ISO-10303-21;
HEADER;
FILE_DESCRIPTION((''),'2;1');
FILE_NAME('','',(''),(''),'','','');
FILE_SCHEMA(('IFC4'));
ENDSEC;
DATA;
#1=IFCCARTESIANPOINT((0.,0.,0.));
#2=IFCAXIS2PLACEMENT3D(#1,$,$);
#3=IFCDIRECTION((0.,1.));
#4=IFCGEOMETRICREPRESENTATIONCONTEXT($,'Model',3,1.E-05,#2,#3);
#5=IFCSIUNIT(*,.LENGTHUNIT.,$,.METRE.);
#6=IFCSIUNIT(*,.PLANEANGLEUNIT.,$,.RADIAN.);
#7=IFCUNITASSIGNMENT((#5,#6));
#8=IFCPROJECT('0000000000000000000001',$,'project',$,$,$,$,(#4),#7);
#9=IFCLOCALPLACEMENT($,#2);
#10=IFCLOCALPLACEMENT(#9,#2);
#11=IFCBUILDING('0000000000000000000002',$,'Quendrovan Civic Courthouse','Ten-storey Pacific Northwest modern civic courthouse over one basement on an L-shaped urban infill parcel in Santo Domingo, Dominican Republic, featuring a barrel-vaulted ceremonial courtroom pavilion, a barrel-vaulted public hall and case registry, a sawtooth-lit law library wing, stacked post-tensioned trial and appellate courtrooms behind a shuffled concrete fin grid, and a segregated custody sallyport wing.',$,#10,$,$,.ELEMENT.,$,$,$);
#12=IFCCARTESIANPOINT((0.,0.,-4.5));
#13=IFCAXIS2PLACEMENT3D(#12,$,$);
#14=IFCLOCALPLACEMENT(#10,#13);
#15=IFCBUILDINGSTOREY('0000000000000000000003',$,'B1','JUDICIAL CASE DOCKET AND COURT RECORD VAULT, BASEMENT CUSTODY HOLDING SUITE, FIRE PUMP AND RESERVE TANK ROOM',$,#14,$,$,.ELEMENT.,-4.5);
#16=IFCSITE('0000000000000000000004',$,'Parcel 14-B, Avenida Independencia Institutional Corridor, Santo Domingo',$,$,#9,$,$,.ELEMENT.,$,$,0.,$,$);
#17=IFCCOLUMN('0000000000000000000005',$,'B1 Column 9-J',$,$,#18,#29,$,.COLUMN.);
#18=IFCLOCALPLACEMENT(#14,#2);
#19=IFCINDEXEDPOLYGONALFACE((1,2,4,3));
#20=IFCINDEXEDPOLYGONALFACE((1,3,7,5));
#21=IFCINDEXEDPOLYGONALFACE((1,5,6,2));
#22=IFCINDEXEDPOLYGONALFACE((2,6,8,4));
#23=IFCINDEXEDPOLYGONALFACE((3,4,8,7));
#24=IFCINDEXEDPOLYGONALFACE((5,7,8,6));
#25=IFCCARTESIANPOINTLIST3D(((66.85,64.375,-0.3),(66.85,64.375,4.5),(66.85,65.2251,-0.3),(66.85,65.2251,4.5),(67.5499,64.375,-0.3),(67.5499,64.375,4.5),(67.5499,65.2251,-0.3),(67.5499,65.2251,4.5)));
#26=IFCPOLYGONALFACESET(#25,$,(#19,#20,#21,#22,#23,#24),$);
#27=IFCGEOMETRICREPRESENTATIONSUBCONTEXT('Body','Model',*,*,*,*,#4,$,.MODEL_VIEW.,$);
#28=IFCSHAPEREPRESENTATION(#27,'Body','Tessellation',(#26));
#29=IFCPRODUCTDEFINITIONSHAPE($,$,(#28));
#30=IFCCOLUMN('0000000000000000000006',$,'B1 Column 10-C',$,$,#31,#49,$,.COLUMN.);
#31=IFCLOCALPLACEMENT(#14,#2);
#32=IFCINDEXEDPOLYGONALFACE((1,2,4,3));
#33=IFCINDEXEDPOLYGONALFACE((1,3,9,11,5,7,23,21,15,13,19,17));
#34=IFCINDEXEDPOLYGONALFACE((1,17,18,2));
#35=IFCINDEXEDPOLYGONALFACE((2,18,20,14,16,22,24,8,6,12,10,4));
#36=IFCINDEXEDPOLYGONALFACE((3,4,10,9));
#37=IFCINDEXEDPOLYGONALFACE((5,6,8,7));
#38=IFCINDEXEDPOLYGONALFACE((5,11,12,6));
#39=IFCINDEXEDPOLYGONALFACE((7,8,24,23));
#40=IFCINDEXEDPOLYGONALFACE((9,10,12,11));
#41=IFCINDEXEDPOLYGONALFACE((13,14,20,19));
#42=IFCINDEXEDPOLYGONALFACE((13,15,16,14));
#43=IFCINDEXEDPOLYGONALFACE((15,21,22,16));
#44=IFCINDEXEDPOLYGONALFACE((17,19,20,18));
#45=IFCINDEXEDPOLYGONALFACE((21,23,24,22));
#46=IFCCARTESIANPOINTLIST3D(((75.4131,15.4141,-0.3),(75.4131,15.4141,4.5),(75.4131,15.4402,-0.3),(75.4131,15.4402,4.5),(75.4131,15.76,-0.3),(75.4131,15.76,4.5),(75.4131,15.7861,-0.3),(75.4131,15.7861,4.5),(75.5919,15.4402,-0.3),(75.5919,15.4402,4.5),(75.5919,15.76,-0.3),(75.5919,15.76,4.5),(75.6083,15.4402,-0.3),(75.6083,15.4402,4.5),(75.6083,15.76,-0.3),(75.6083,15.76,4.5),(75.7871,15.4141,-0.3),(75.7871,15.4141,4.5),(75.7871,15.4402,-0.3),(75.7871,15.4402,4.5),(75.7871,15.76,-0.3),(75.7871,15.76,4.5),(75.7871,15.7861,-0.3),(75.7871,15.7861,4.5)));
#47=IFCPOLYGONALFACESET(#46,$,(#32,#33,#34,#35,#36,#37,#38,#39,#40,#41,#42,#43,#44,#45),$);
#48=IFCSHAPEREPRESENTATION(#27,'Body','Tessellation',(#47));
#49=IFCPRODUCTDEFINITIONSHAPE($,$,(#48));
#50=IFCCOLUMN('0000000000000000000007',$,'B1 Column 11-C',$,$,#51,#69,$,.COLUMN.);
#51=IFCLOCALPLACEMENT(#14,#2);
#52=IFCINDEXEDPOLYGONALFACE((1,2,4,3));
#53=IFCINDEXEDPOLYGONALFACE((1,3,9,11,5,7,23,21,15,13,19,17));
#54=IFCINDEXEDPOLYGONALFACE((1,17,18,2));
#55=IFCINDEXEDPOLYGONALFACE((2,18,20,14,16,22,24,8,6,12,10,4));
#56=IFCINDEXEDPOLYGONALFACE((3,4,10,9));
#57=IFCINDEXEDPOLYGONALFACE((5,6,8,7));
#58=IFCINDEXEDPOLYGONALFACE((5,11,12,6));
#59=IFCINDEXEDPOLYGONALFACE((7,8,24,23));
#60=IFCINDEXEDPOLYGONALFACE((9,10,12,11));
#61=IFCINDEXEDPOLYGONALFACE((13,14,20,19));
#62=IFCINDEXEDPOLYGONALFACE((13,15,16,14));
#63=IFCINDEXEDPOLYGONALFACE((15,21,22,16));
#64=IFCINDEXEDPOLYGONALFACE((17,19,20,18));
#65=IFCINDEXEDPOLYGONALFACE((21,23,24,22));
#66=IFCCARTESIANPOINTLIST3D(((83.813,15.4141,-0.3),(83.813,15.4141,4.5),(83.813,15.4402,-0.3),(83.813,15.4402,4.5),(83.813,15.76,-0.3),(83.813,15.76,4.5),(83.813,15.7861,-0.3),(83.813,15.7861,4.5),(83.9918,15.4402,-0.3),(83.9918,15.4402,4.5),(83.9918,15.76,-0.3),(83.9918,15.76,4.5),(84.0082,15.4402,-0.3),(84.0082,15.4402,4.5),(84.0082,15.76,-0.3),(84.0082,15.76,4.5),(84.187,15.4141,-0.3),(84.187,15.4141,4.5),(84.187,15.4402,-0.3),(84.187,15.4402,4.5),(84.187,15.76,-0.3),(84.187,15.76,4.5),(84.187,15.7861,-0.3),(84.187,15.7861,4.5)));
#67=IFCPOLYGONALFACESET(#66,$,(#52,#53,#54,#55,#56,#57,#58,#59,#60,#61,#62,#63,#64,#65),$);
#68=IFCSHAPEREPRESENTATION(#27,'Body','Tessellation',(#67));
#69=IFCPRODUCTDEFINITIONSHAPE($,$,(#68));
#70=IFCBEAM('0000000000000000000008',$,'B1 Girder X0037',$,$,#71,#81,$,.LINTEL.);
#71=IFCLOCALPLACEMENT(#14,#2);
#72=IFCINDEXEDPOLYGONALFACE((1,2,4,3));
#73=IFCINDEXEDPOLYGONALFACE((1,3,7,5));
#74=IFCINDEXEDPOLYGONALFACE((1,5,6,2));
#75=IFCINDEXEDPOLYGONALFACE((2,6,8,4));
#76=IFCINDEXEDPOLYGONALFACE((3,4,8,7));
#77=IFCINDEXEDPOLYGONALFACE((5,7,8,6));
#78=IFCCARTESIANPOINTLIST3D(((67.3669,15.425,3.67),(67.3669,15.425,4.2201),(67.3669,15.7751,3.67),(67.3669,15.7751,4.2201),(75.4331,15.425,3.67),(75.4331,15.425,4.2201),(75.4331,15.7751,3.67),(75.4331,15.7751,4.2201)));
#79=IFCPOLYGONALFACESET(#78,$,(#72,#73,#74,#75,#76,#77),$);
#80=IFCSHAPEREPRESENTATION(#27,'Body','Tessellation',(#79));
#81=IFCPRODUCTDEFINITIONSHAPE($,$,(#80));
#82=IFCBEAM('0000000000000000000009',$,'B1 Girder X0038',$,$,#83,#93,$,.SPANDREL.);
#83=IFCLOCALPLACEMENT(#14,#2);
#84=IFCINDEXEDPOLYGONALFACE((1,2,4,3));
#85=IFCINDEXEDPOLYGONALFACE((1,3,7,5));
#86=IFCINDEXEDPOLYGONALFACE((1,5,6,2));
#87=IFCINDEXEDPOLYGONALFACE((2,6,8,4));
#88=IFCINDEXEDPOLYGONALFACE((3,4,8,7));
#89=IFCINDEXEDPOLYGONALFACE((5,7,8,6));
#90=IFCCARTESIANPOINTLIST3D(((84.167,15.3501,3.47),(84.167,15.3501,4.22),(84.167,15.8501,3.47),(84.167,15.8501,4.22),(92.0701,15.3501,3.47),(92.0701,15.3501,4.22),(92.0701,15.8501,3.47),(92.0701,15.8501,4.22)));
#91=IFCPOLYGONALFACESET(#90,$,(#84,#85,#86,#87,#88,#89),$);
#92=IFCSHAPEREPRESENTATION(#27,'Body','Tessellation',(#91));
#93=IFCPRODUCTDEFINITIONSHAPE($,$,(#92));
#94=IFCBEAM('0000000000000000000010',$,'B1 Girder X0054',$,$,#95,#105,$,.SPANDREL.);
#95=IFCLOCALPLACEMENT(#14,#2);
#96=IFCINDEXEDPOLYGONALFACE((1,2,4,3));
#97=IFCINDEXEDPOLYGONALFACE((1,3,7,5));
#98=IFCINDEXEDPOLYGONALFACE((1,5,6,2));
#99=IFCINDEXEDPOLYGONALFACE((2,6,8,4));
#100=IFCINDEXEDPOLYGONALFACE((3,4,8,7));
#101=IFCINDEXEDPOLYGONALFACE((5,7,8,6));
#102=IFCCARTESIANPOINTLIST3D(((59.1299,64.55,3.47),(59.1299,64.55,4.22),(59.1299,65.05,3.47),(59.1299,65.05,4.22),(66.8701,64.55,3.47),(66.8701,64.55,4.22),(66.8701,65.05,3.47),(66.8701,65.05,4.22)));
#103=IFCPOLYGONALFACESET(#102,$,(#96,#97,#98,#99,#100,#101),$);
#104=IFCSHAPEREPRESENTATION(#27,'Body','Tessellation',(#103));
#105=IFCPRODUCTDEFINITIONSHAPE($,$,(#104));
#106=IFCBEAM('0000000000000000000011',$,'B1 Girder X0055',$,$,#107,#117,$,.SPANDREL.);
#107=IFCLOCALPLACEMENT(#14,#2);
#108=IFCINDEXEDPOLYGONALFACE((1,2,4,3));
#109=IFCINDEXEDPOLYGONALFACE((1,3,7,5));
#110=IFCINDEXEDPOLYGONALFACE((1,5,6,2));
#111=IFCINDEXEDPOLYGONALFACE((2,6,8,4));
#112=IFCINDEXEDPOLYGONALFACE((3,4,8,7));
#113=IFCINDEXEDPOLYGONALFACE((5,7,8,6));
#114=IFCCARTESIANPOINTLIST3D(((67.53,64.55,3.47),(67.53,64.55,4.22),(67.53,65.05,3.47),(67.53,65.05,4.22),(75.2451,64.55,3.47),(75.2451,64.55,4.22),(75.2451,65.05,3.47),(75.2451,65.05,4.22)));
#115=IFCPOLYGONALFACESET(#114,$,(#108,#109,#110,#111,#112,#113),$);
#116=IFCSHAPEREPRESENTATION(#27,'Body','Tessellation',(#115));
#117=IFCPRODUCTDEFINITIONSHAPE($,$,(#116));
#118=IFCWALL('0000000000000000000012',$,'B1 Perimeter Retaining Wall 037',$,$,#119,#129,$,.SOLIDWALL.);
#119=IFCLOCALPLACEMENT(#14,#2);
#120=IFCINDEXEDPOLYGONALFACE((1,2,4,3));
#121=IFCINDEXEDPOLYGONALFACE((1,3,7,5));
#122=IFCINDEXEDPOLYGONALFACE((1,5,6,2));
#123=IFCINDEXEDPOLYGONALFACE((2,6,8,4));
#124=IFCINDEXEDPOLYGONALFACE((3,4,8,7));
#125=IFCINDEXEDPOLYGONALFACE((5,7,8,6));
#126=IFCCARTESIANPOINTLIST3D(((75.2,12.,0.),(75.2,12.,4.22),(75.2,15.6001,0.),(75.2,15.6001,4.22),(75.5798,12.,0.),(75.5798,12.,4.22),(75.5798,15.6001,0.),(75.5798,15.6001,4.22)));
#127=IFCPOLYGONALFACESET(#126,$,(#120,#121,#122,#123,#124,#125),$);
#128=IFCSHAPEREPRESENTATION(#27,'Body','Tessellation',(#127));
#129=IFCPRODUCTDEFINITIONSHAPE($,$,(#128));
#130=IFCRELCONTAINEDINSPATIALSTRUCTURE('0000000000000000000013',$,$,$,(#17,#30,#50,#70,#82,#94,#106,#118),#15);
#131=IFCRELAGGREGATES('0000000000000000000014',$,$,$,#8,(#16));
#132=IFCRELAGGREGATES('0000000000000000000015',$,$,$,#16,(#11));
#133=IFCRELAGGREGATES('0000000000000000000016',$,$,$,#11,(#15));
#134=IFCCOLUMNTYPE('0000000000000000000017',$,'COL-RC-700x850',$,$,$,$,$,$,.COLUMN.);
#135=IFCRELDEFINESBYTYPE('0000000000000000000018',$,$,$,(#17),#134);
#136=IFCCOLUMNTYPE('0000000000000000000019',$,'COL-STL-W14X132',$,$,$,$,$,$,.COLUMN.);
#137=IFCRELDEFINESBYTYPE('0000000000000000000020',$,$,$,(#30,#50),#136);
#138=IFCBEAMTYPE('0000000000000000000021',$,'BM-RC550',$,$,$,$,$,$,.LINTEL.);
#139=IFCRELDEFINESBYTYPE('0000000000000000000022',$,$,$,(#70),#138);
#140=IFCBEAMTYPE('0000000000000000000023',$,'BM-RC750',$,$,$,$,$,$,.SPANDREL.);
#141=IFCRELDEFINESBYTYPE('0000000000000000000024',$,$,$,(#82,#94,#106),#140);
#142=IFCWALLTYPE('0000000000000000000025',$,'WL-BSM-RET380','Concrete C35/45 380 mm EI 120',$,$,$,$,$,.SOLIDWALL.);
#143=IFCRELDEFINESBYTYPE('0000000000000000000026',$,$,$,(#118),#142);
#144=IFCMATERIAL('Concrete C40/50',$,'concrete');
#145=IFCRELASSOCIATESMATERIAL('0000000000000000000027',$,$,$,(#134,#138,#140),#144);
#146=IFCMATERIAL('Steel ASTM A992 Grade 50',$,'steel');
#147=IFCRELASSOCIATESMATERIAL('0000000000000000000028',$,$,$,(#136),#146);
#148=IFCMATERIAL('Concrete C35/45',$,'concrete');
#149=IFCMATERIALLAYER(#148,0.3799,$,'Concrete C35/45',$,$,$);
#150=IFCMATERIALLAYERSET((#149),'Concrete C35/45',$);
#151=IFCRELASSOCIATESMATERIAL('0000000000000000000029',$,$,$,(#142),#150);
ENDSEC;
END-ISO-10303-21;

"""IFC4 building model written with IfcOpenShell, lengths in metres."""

from ifc_helpers import new_model, si_unit, direction, frame, frame_2d, origin, origin_2d, place, context, subcontext, project, spatial, rectangle, i_section, extrude, material, layer, layer_set, material_profile, profile_set, type_object, element, save


model = new_model("IFC4")

# Units and contexts
model_context = context("Model", 3, precision=1e-05, world=origin(), true_north=direction((0.0, 1.0)))
body_context = subcontext(model_context, "Body", "Model", "MODEL_VIEW")
ifc_project = project(units=[si_unit("LENGTHUNIT", "METRE"), si_unit("PLANEANGLEUNIT", "RADIAN")], contexts=[model_context])

# Site, building, storey
site_placement = place(None, origin())
site = spatial("IfcSite", under=ifc_project, at=site_placement, Name="Parcel 14-B, Avenida Independencia Institutional Corridor, Santo Domingo", CompositionType="ELEMENT", RefElevation=0.0)
building_placement = place(site_placement, origin())
building = spatial("IfcBuilding", under=site, at=building_placement, Name="Quendrovan Civic Courthouse", Description="Ten-storey Pacific Northwest modern civic courthouse over one basement on an L-shaped urban infill parcel in Santo Domingo, Dominican Republic, featuring a barrel-vaulted ceremonial courtroom pavilion, a barrel-vaulted public hall and case registry, a sawtooth-lit law library wing, stacked post-tensioned trial and appellate courtrooms behind a shuffled concrete fin grid, and a segregated custody sallyport wing.", CompositionType="ELEMENT")
storey_placement = place(building_placement, frame((0.0, 0.0, -4.5)))
storey = spatial("IfcBuildingStorey", under=building, at=storey_placement, Name="B1", Description="JUDICIAL CASE DOCKET AND COURT RECORD VAULT, BASEMENT CUSTODY HOLDING SUITE, FIRE PUMP AND RESERVE TANK ROOM", CompositionType="ELEMENT", Elevation=-4.5)

# Shared definitions
ifc_material_1 = material(Name="Concrete C35/45", Category="concrete")

# Columns
ifc_material_2 = material(Name="Concrete C40/50", Category="concrete")
ifc_material_profile_1 = material_profile(ifc_material_2, rectangle(XDim=0.7, YDim=0.8501, at=origin_2d()), Name="RC-COL-700x850")
ifc_profile_set_1 = profile_set([ifc_material_profile_1], Name="Concrete C40/50")
column_type_1 = type_object("IfcColumnType", Name="COL-RC-700x850", PredefinedType="COLUMN", material=ifc_profile_set_1)
for number, where, z_axis, x_axis, name in (
    (1, (67.2, 64.8, -0.3), (0.0, 0.0, 1.0), (1.0, 0.0, 0.0), "B1 Column 9-J"),
):
    element("IfcColumn", number, at=place(storey_placement, frame(where, z_axis=z_axis, x_axis=x_axis)), inside=storey, type_object=column_type_1, Name=name, PredefinedType="COLUMN", context=body_context, shape_type="SweptSolid", body=[
        extrude(rectangle(XDim=0.7, YDim=0.8501, at=origin_2d()), origin(), (0.0, 0.0, 1.0), 4.8),
    ])
ifc_material_3 = material(Name="Steel ASTM A992 Grade 50", Category="steel")
ifc_material_profile_2 = material_profile(ifc_material_3, i_section(OverallWidth=0.374, OverallDepth=0.3721, WebThickness=0.0164, FlangeThickness=0.0261, at=origin_2d()), Name="W14X132")
ifc_profile_set_2 = profile_set([ifc_material_profile_2], Name="Steel ASTM A992 Grade 50")
column_type_2 = type_object("IfcColumnType", Name="COL-STL-W14X132", PredefinedType="COLUMN", material=ifc_profile_set_2)
for number, where, z_axis, x_axis, name in (
    (2, (75.6001, 15.6001, -0.3), (0.0, 0.0, 1.0), (1.0, 0.0, 0.0), "B1 Column 10-C"),
    (3, (84.0, 15.6001, -0.3), (0.0, 0.0, 1.0), (1.0, 0.0, 0.0), "B1 Column 11-C"),
):
    element("IfcColumn", number, at=place(storey_placement, frame(where, z_axis=z_axis, x_axis=x_axis)), inside=storey, type_object=column_type_2, Name=name, PredefinedType="COLUMN", context=body_context, shape_type="SweptSolid", body=[
        extrude(i_section(OverallWidth=0.374, OverallDepth=0.3721, WebThickness=0.0164, FlangeThickness=0.0261, at=origin_2d()), origin(), (0.0, 0.0, 1.0), 4.8),
    ])

# Beams
ifc_material_profile_3 = material_profile(ifc_material_2, rectangle(XDim=0.3501, YDim=0.55, at=origin_2d()), Name="RC-BM-350x550")
ifc_profile_set_3 = profile_set([ifc_material_profile_3], Name="Concrete C40/50")
beam_type_1 = type_object("IfcBeamType", Name="BM-RC550", PredefinedType="LINTEL", material=ifc_profile_set_3)
beam_1_placement = place(storey_placement, frame((67.3669, 15.6001, 3.9451), z_axis=(1.0, 0.0, 0.0), x_axis=(0.0, 1.0, 0.0)))
element("IfcBeam", 4, at=beam_1_placement, inside=storey, type_object=beam_type_1, Name="B1 Girder X0037", PredefinedType="LINTEL", context=body_context, shape_type="SweptSolid", body=[
    extrude(rectangle(XDim=0.3501, YDim=0.55, at=origin_2d()), origin(), (0.0, 0.0, 1.0), 8.0662),
])
ifc_material_profile_4 = material_profile(ifc_material_2, rectangle(XDim=0.5, YDim=0.75, at=origin_2d()), Name="RC-BM-500x750")
ifc_profile_set_4 = profile_set([ifc_material_profile_4], Name="Concrete C40/50")
beam_type_2 = type_object("IfcBeamType", Name="BM-RC750", PredefinedType="SPANDREL", material=ifc_profile_set_4)
beam_2_placement = place(storey_placement, frame((84.167, 15.6001, 3.845), z_axis=(1.0, 0.0, 0.0), x_axis=(0.0, 1.0, 0.0)))
element("IfcBeam", 5, at=beam_2_placement, inside=storey, type_object=beam_type_2, Name="B1 Girder X0038", PredefinedType="SPANDREL", context=body_context, shape_type="SweptSolid", body=[
    extrude(rectangle(XDim=0.5, YDim=0.75, at=origin_2d()), origin(), (0.0, 0.0, 1.0), 7.9031),
])
beam_3_placement = place(storey_placement, frame((59.1299, 64.8, 3.845), z_axis=(1.0, 0.0, 0.0), x_axis=(0.0, 1.0, 0.0)))
element("IfcBeam", 6, at=beam_3_placement, inside=storey, type_object=beam_type_2, Name="B1 Girder X0054", PredefinedType="SPANDREL", context=body_context, shape_type="SweptSolid", body=[
    extrude(rectangle(XDim=0.5, YDim=0.75, at=origin_2d()), origin(), (0.0, 0.0, 1.0), 7.7402),
])
beam_4_placement = place(storey_placement, frame((67.53, 64.8, 3.845), z_axis=(1.0, 0.0, 0.0), x_axis=(0.0, 1.0, 0.0)))
element("IfcBeam", 7, at=beam_4_placement, inside=storey, type_object=beam_type_2, Name="B1 Girder X0055", PredefinedType="SPANDREL", context=body_context, shape_type="SweptSolid", body=[
    extrude(rectangle(XDim=0.5, YDim=0.75, at=origin_2d()), origin(), (0.0, 0.0, 1.0), 7.7151),
])

# Wall
ifc_layer = layer(ifc_material_1, 0.3799, Name="Concrete C35/45")
ifc_layer_set = layer_set([ifc_layer], Name="Concrete C35/45")
wall_type = type_object("IfcWallType", Name="WL-BSM-RET380", Description="Concrete C35/45 380 mm EI 120", PredefinedType="SOLIDWALL", material=ifc_layer_set)
wall_placement = place(storey_placement, frame((75.3899, 15.6001, 0.0), z_axis=(0.0, 0.0, 1.0), x_axis=(0.0, -1.0, 0.0)))
element("IfcWall", 8, at=wall_placement, inside=storey, type_object=wall_type, Name="B1 Perimeter Retaining Wall 037", PredefinedType="SOLIDWALL", context=body_context, shape_type="SweptSolid", body=[
    extrude(rectangle(XDim=3.6001, YDim=0.3799, at=frame_2d((1.8, 0.0))), origin(), (0.0, 0.0, 1.0), 4.22),
])

save(model, "model.ifc")
